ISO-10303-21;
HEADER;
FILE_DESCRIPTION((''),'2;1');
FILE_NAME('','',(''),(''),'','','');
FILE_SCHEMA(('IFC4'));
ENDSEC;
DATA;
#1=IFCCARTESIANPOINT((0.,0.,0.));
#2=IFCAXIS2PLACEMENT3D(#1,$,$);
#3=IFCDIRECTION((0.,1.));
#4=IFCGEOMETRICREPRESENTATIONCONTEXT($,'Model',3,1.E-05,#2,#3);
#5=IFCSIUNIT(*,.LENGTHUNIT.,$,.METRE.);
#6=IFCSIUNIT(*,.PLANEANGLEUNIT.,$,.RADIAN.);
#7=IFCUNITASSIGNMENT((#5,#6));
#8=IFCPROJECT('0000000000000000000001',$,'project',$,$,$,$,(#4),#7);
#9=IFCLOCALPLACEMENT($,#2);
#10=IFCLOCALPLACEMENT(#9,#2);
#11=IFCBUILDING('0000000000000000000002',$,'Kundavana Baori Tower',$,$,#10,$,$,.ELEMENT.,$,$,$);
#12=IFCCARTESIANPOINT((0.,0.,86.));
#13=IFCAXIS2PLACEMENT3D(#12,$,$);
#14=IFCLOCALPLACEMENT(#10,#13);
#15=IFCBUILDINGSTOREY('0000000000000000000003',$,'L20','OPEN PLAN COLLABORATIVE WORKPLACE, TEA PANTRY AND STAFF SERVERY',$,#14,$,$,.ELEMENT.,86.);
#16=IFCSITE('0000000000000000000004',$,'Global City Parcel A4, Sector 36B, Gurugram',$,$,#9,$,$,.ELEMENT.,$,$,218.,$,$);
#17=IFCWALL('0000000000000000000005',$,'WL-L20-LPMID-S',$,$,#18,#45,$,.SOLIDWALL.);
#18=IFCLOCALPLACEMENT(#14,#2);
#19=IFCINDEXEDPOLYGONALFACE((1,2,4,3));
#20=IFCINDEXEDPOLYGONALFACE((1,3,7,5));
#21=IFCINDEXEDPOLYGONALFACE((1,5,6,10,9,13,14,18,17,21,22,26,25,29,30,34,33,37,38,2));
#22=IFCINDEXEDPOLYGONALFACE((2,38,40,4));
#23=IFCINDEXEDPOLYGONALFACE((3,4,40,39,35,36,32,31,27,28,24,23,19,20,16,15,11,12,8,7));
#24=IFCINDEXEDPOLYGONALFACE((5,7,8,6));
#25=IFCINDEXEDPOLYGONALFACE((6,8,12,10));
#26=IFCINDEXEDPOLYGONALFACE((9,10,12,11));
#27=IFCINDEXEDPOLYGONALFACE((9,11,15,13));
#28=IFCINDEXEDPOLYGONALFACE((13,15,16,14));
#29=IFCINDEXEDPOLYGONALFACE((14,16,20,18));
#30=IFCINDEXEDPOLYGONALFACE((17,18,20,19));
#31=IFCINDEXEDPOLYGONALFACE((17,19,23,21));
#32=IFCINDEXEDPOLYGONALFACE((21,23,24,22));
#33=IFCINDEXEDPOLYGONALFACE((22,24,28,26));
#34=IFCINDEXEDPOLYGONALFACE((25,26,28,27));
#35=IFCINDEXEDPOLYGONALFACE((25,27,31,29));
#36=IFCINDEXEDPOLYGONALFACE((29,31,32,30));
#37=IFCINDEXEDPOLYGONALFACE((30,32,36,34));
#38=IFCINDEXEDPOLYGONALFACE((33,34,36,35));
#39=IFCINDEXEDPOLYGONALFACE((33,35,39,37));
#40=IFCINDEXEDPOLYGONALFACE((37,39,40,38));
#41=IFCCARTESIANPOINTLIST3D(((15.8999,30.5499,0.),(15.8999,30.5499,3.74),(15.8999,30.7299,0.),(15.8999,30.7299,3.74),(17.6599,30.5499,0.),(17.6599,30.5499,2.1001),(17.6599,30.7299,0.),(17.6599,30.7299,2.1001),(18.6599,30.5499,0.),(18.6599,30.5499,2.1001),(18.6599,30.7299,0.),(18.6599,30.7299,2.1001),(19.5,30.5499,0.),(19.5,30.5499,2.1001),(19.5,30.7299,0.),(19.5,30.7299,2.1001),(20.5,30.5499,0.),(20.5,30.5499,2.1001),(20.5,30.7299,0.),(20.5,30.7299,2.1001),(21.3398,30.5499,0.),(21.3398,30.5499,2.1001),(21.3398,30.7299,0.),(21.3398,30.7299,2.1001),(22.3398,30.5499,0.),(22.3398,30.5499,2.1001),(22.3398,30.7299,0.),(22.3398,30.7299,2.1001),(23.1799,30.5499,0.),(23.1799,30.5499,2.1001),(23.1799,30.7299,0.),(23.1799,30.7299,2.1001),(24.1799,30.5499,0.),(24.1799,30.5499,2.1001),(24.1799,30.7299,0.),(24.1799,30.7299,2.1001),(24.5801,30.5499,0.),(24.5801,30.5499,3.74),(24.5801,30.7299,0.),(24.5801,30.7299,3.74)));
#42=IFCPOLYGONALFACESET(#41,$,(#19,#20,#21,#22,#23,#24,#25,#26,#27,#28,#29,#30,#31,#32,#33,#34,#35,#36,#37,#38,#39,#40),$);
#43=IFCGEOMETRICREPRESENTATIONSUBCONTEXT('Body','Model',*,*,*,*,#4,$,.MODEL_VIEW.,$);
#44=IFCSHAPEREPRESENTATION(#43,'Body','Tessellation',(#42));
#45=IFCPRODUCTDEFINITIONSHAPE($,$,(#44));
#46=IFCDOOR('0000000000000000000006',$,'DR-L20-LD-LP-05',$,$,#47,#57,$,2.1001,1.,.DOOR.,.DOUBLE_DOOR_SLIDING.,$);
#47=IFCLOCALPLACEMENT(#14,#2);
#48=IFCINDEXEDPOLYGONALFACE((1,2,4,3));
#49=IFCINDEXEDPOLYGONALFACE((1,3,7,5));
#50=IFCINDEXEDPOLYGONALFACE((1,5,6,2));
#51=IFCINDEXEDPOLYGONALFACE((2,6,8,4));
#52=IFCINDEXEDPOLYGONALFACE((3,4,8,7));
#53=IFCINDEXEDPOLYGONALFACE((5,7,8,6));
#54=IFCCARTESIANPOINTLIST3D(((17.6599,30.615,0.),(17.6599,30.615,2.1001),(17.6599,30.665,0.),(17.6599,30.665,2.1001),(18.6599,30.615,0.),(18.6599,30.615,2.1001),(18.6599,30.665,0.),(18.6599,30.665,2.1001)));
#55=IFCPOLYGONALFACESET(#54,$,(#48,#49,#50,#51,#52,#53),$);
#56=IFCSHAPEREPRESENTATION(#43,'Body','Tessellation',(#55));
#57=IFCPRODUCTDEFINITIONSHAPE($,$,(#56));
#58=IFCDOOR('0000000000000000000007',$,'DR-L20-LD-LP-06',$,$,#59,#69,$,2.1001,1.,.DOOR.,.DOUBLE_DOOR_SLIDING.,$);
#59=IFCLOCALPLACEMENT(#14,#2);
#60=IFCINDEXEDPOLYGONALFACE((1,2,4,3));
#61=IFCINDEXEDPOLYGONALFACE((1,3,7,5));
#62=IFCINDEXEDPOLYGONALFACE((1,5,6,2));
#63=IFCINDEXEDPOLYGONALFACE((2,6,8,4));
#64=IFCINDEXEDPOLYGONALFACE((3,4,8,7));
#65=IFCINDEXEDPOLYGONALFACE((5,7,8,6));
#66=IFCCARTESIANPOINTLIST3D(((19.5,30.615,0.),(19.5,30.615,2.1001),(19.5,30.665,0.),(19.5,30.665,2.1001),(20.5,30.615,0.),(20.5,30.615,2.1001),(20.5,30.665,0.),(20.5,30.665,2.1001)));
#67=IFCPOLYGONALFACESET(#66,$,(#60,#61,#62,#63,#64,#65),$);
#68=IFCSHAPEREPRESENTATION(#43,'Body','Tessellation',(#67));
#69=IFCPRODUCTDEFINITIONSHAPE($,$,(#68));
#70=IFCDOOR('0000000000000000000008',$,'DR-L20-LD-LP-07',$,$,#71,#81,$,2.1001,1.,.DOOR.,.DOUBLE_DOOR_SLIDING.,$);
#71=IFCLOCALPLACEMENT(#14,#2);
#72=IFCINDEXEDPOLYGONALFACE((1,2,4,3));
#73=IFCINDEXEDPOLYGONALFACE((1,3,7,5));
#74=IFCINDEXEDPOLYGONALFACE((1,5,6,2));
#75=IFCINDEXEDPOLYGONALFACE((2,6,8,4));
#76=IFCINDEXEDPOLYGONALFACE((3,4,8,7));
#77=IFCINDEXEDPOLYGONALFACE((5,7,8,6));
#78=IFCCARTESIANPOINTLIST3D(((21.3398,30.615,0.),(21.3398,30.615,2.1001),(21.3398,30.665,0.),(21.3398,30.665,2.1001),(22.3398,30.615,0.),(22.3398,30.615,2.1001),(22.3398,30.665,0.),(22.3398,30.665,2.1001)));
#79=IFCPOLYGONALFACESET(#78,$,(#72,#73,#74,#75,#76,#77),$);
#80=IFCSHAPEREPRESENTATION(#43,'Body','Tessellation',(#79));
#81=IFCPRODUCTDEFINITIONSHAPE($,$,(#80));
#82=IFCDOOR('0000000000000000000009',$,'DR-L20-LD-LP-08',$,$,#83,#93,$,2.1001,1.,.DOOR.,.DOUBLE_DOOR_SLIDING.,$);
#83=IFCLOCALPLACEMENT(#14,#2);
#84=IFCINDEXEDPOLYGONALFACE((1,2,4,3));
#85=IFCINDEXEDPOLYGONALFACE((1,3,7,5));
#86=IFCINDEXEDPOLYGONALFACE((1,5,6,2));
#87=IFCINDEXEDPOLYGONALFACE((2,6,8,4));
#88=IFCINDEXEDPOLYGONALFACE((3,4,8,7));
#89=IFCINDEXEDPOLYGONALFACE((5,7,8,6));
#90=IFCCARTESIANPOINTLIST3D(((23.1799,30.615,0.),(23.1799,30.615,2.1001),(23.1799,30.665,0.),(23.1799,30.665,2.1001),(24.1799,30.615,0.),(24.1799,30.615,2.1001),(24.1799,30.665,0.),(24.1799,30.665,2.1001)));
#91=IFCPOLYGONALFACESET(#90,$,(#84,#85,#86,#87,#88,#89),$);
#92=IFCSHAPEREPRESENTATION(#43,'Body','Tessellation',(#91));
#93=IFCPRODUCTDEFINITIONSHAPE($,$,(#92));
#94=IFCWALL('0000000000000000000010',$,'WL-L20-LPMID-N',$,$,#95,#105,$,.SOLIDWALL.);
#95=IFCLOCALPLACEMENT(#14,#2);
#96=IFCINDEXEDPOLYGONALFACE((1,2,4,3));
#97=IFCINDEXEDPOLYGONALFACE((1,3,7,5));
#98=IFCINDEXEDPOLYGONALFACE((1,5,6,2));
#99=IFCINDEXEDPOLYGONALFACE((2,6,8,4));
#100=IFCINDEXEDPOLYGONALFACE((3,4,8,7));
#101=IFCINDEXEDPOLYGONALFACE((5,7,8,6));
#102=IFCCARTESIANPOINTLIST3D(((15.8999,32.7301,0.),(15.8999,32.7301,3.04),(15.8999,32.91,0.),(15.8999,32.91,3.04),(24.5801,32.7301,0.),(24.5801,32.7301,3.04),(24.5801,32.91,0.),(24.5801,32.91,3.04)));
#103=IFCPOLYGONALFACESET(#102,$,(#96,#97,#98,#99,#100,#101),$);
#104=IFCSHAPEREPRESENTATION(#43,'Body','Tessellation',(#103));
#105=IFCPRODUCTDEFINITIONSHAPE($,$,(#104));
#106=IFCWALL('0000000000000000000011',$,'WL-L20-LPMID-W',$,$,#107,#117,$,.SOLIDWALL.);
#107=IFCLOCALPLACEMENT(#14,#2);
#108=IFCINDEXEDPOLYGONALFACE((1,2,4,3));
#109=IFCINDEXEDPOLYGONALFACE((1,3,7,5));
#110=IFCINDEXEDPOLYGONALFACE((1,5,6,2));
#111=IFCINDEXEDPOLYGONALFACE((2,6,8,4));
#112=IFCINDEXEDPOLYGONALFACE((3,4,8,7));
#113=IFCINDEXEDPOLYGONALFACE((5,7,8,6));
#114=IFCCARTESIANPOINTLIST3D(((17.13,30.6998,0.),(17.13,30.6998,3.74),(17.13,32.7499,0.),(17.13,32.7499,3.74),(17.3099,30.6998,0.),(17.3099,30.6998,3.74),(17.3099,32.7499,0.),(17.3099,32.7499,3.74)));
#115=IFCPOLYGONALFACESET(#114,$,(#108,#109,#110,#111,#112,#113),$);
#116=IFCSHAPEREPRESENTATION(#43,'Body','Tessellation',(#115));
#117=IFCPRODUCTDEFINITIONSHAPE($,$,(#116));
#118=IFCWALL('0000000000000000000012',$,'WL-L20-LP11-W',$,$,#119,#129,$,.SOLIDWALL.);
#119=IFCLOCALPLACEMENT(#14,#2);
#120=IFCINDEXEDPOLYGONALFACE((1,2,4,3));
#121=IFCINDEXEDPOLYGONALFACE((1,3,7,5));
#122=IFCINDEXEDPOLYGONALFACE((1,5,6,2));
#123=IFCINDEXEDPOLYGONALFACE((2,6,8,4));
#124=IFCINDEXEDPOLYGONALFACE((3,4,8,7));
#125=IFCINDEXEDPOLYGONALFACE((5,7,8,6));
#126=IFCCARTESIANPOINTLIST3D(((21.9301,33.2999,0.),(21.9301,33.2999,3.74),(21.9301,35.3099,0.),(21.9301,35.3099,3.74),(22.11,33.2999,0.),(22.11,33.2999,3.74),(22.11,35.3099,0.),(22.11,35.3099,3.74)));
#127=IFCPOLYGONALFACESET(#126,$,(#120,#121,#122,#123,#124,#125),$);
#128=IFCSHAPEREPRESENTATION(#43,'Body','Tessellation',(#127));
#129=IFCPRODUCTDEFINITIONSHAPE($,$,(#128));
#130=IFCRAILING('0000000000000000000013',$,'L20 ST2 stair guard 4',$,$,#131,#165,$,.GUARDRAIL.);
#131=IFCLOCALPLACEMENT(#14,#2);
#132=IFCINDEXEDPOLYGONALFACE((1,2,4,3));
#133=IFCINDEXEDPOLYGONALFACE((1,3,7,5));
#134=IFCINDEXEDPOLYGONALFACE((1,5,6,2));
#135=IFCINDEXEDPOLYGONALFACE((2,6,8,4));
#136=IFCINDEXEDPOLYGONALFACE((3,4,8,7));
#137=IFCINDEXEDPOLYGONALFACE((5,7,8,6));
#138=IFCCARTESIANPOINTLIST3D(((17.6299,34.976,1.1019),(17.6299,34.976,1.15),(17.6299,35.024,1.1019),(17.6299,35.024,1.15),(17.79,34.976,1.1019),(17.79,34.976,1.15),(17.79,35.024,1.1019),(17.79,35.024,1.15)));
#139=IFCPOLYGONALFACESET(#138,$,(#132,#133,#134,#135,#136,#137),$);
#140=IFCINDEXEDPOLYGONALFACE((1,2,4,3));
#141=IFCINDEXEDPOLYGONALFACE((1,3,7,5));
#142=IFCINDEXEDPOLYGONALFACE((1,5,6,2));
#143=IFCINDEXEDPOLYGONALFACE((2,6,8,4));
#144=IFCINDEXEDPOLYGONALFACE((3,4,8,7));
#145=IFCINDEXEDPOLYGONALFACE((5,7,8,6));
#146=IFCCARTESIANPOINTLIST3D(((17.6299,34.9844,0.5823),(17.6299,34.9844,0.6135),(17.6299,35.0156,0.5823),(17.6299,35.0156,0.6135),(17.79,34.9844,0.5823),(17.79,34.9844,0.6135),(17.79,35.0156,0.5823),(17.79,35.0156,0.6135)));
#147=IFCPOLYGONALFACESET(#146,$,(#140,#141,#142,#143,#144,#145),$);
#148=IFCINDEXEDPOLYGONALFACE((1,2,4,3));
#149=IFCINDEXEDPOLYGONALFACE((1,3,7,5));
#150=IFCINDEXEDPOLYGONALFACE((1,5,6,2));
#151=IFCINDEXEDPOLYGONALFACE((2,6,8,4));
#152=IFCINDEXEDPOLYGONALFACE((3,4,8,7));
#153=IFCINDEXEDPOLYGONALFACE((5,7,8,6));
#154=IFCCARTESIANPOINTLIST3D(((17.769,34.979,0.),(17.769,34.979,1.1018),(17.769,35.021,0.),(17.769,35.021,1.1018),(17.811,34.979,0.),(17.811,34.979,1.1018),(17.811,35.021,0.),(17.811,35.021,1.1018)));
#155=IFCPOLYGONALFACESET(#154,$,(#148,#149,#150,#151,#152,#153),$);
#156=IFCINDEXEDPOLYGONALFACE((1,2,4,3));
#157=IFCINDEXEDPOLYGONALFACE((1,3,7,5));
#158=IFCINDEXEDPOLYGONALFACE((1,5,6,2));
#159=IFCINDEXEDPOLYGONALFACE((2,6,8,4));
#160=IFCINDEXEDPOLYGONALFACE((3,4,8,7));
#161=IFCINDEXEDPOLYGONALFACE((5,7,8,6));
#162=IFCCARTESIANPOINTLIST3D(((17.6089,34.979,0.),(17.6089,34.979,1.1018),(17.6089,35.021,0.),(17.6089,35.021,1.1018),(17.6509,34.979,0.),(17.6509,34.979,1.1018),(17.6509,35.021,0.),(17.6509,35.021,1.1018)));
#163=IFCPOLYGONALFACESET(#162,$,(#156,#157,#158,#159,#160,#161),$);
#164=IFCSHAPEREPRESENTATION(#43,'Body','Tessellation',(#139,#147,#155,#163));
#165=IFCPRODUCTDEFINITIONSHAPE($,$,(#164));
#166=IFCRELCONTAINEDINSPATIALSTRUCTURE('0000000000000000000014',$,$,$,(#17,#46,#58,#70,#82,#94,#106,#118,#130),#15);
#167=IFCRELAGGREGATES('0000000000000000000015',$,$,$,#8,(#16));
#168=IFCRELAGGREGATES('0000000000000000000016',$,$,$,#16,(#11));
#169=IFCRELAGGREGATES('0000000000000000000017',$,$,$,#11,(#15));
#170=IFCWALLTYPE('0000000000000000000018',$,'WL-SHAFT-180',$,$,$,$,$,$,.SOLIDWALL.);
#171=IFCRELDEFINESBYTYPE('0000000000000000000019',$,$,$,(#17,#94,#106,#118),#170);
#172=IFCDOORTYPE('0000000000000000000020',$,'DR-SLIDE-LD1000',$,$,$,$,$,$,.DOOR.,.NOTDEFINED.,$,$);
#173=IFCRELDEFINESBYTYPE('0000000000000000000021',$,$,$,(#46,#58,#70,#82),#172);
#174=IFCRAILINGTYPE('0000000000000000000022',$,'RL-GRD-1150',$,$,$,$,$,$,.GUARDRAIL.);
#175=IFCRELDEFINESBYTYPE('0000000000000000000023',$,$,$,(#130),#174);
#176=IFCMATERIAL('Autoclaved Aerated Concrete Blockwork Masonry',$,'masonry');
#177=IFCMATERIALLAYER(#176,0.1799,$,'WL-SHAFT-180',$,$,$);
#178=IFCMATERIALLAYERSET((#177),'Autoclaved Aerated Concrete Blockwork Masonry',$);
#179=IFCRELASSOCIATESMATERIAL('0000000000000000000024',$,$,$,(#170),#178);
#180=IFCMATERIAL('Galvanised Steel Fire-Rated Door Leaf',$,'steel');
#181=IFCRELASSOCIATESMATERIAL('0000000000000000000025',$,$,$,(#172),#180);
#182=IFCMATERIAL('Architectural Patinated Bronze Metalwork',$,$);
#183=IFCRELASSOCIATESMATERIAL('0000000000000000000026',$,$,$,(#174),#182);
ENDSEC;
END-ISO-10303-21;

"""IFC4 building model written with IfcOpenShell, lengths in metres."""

from ifc_helpers import new_model, si_unit, direction, frame, frame_2d, origin, origin_2d, place, context, subcontext, project, spatial, rectangle, extrude, material, layer, layer_set, type_object, element, fill, save


model = new_model("IFC4")

# Units and contexts
model_context = context("Model", 3, precision=1e-05, world=origin(), true_north=direction((0.0, 1.0)))
body_context = subcontext(model_context, "Body", "Model", "MODEL_VIEW")
ifc_project = project(units=[si_unit("LENGTHUNIT", "METRE"), si_unit("PLANEANGLEUNIT", "RADIAN")], contexts=[model_context])

# Site, building, storey
site_placement = place(None, origin())
site = spatial("IfcSite", under=ifc_project, at=site_placement, Name="Global City Parcel A4, Sector 36B, Gurugram", CompositionType="ELEMENT", RefElevation=218.0)
building_placement = place(site_placement, origin())
building = spatial("IfcBuilding", under=site, at=building_placement, Name="Kundavana Baori Tower", CompositionType="ELEMENT")
storey_placement = place(building_placement, frame((0.0, 0.0, 86.0)))
storey = spatial("IfcBuildingStorey", under=building, at=storey_placement, Name="L20", Description="OPEN PLAN COLLABORATIVE WORKPLACE, TEA PANTRY AND STAFF SERVERY", CompositionType="ELEMENT", Elevation=86.0)

# Shared definitions
ifc_material_1 = material(Name="Autoclaved Aerated Concrete Blockwork Masonry", Category="masonry")
ifc_layer_1 = layer(ifc_material_1, 0.1799, Name="WL-SHAFT-180")
ifc_layer_set_1 = layer_set([ifc_layer_1], Name="Autoclaved Aerated Concrete Blockwork Masonry")
wall_type_1 = type_object("IfcWallType", Name="WL-SHAFT-180", PredefinedType="SOLIDWALL", material=ifc_layer_set_1)

# Wall, openings, doors
wall_1_placement = place(storey_placement, frame((15.8999, 30.6399, 0.0), z_axis=(0.0, 0.0, 1.0), x_axis=(1.0, 0.0, 0.0)))
wall_1 = element("IfcWall", 1, at=wall_1_placement, inside=storey, type_object=wall_type_1, Name="WL-L20-LPMID-S", PredefinedType="SOLIDWALL", context=body_context, shape_type="SweptSolid", body=[
    extrude(rectangle(XDim=8.6802, YDim=0.1799, at=frame_2d((4.3401, 0.0))), origin(), (0.0, 0.0, 1.0), 3.74),
])
opening_1_placement = place(wall_1_placement, frame((1.76, 0.0, 0.0)))
opening_1 = element("IfcOpeningElement", 2, at=opening_1_placement, cuts=wall_1, PredefinedType="OPENING", context=body_context, shape_type="SweptSolid", body=[
    extrude(rectangle(XDim=1.0, YDim=2.1001, at=frame_2d((0.5, 1.05))), frame((0.0, 0.1001, 0.0), z_axis=(0.0, -1.0, 0.0), x_axis=(1.0, 0.0, 0.0)), (0.0, 0.0, 1.0), 0.2),
])
opening_2_placement = place(wall_1_placement, frame((3.6001, 0.0, 0.0)))
opening_2 = element("IfcOpeningElement", 3, at=opening_2_placement, cuts=wall_1, PredefinedType="OPENING", context=body_context, shape_type="SweptSolid", body=[
    extrude(rectangle(XDim=1.0, YDim=2.1001, at=frame_2d((0.5, 1.05))), frame((0.0, 0.1001, 0.0), z_axis=(0.0, -1.0, 0.0), x_axis=(1.0, 0.0, 0.0)), (0.0, 0.0, 1.0), 0.2),
])
opening_3_placement = place(wall_1_placement, frame((5.4399, 0.0, 0.0)))
opening_3 = element("IfcOpeningElement", 4, at=opening_3_placement, cuts=wall_1, PredefinedType="OPENING", context=body_context, shape_type="SweptSolid", body=[
    extrude(rectangle(XDim=1.0, YDim=2.1001, at=frame_2d((0.5, 1.05))), frame((0.0, 0.1001, 0.0), z_axis=(0.0, -1.0, 0.0), x_axis=(1.0, 0.0, 0.0)), (0.0, 0.0, 1.0), 0.2),
])
opening_4_placement = place(wall_1_placement, frame((7.28, 0.0, 0.0)))
opening_4 = element("IfcOpeningElement", 5, at=opening_4_placement, cuts=wall_1, PredefinedType="OPENING", context=body_context, shape_type="SweptSolid", body=[
    extrude(rectangle(XDim=1.0, YDim=2.1001, at=frame_2d((0.5, 1.05))), frame((0.0, 0.1001, 0.0), z_axis=(0.0, -1.0, 0.0), x_axis=(1.0, 0.0, 0.0)), (0.0, 0.0, 1.0), 0.2),
])
ifc_material_2 = material(Name="Galvanised Steel Fire-Rated Door Leaf", Category="steel")
door_type_1 = type_object("IfcDoorType", Name="DR-SLIDE-LD1000", OperationType="NOTDEFINED", PredefinedType="DOOR", material=ifc_material_2)
door_1_placement = place(opening_1_placement, frame((1.0, 0.0, 0.0), z_axis=(0.0, 0.0, 1.0), x_axis=(-1.0, 0.0, 0.0)))
door_1 = element("IfcDoor", 6, at=door_1_placement, inside=storey, type_object=door_type_1, Name="DR-L20-LD-LP-05", OperationType="DOUBLE_DOOR_SLIDING", OverallHeight=2.1001, OverallWidth=1.0, PredefinedType="DOOR", context=body_context, shape_type="SweptSolid", body=[
    extrude(rectangle(XDim=1.0, YDim=2.1001, at=frame_2d((0.5, 1.05))), frame((0.0, 0.0249, 0.0), z_axis=(0.0, -1.0, 0.0), x_axis=(1.0, 0.0, 0.0)), (0.0, 0.0, 1.0), 0.05),
])
fill(opening_1, door_1)
door_2_placement = place(opening_2_placement, frame((1.0, 0.0, 0.0), z_axis=(0.0, 0.0, 1.0), x_axis=(-1.0, 0.0, 0.0)))
door_2 = element("IfcDoor", 7, at=door_2_placement, inside=storey, type_object=door_type_1, Name="DR-L20-LD-LP-06", OperationType="DOUBLE_DOOR_SLIDING", OverallHeight=2.1001, OverallWidth=1.0, PredefinedType="DOOR", context=body_context, shape_type="SweptSolid", body=[
    extrude(rectangle(XDim=1.0, YDim=2.1001, at=frame_2d((0.5, 1.05))), frame((0.0, 0.0249, 0.0), z_axis=(0.0, -1.0, 0.0), x_axis=(1.0, 0.0, 0.0)), (0.0, 0.0, 1.0), 0.05),
])
fill(opening_2, door_2)
door_3_placement = place(opening_3_placement, frame((1.0, 0.0, 0.0), z_axis=(0.0, 0.0, 1.0), x_axis=(-1.0, 0.0, 0.0)))
door_3 = element("IfcDoor", 8, at=door_3_placement, inside=storey, type_object=door_type_1, Name="DR-L20-LD-LP-07", OperationType="DOUBLE_DOOR_SLIDING", OverallHeight=2.1001, OverallWidth=1.0, PredefinedType="DOOR", context=body_context, shape_type="SweptSolid", body=[
    extrude(rectangle(XDim=1.0, YDim=2.1001, at=frame_2d((0.5, 1.05))), frame((0.0, 0.0249, 0.0), z_axis=(0.0, -1.0, 0.0), x_axis=(1.0, 0.0, 0.0)), (0.0, 0.0, 1.0), 0.05),
])
fill(opening_3, door_3)
door_4_placement = place(opening_4_placement, frame((1.0, 0.0, 0.0), z_axis=(0.0, 0.0, 1.0), x_axis=(-1.0, 0.0, 0.0)))
door_4 = element("IfcDoor", 9, at=door_4_placement, inside=storey, type_object=door_type_1, Name="DR-L20-LD-LP-08", OperationType="DOUBLE_DOOR_SLIDING", OverallHeight=2.1001, OverallWidth=1.0, PredefinedType="DOOR", context=body_context, shape_type="SweptSolid", body=[
    extrude(rectangle(XDim=1.0, YDim=2.1001, at=frame_2d((0.5, 1.05))), frame((0.0, 0.0249, 0.0), z_axis=(0.0, -1.0, 0.0), x_axis=(1.0, 0.0, 0.0)), (0.0, 0.0, 1.0), 0.05),
])
fill(opening_4, door_4)

# Walls
wall_2_placement = place(storey_placement, frame((15.8999, 32.8201, 0.0), z_axis=(0.0, 0.0, 1.0), x_axis=(1.0, 0.0, 0.0)))
element("IfcWall", 10, at=wall_2_placement, inside=storey, type_object=wall_type_1, Name="WL-L20-LPMID-N", PredefinedType="SOLIDWALL", context=body_context, shape_type="SweptSolid", body=[
    extrude(rectangle(XDim=8.6802, YDim=0.1799, at=frame_2d((4.3401, 0.0))), origin(), (0.0, 0.0, 1.0), 3.04),
])
wall_3_placement = place(storey_placement, frame((17.22, 30.7, 0.0), z_axis=(0.0, 0.0, 1.0), x_axis=(0.0, 1.0, 0.0)))
element("IfcWall", 11, at=wall_3_placement, inside=storey, type_object=wall_type_1, Name="WL-L20-LPMID-W", PredefinedType="SOLIDWALL", context=body_context, shape_type="SweptSolid", body=[
    extrude(rectangle(XDim=2.05, YDim=0.1799, at=frame_2d((1.0249, 0.0))), origin(), (0.0, 0.0, 1.0), 3.74),
])
wall_4_placement = place(storey_placement, frame((22.02, 33.3, 0.0), z_axis=(0.0, 0.0, 1.0), x_axis=(0.0, 1.0, 0.0)))
element("IfcWall", 12, at=wall_4_placement, inside=storey, type_object=wall_type_1, Name="WL-L20-LP11-W", PredefinedType="SOLIDWALL", context=body_context, shape_type="SweptSolid", body=[
    extrude(rectangle(XDim=2.01, YDim=0.1799, at=frame_2d((1.0049, 0.0))), origin(), (0.0, 0.0, 1.0), 3.74),
])

# Railing
ifc_material_3 = material(Name="Architectural Patinated Bronze Metalwork")
railing_type = type_object("IfcRailingType", Name="RL-GRD-1150", PredefinedType="GUARDRAIL", material=ifc_material_3)
railing_placement = place(storey_placement, frame((17.79, 35.0, 0.0)))
element("IfcRailing", 13, at=railing_placement, inside=storey, type_object=railing_type, Name="L20 ST2 stair guard 4", PredefinedType="GUARDRAIL", context=body_context, shape_type="SweptSolid", body=[
    extrude(rectangle(XDim=0.0481, YDim=0.0481, at=origin_2d()), frame((0.0, 0.0, 1.126), z_axis=(-1.0, 0.0, 0.0), x_axis=(0.0, -1.0, 0.0)), (0.0, 0.0, 1.0), 0.1602),
    extrude(rectangle(XDim=0.0312, YDim=0.0312, at=origin_2d()), frame((0.0, 0.0, 0.5979), z_axis=(-1.0, 0.0, 0.0), x_axis=(0.0, -1.0, 0.0)), (0.0, 0.0, 1.0), 0.1602),
    extrude(rectangle(XDim=0.042, YDim=0.042, at=origin_2d()), origin(), (0.0, 0.0, 1.0), 1.1018),
    extrude(rectangle(XDim=0.042, YDim=0.042, at=origin_2d()), frame((-0.1602, 0.0, 0.0)), (0.0, 0.0, 1.0), 1.1018),
])

save(model, "model.ifc")
